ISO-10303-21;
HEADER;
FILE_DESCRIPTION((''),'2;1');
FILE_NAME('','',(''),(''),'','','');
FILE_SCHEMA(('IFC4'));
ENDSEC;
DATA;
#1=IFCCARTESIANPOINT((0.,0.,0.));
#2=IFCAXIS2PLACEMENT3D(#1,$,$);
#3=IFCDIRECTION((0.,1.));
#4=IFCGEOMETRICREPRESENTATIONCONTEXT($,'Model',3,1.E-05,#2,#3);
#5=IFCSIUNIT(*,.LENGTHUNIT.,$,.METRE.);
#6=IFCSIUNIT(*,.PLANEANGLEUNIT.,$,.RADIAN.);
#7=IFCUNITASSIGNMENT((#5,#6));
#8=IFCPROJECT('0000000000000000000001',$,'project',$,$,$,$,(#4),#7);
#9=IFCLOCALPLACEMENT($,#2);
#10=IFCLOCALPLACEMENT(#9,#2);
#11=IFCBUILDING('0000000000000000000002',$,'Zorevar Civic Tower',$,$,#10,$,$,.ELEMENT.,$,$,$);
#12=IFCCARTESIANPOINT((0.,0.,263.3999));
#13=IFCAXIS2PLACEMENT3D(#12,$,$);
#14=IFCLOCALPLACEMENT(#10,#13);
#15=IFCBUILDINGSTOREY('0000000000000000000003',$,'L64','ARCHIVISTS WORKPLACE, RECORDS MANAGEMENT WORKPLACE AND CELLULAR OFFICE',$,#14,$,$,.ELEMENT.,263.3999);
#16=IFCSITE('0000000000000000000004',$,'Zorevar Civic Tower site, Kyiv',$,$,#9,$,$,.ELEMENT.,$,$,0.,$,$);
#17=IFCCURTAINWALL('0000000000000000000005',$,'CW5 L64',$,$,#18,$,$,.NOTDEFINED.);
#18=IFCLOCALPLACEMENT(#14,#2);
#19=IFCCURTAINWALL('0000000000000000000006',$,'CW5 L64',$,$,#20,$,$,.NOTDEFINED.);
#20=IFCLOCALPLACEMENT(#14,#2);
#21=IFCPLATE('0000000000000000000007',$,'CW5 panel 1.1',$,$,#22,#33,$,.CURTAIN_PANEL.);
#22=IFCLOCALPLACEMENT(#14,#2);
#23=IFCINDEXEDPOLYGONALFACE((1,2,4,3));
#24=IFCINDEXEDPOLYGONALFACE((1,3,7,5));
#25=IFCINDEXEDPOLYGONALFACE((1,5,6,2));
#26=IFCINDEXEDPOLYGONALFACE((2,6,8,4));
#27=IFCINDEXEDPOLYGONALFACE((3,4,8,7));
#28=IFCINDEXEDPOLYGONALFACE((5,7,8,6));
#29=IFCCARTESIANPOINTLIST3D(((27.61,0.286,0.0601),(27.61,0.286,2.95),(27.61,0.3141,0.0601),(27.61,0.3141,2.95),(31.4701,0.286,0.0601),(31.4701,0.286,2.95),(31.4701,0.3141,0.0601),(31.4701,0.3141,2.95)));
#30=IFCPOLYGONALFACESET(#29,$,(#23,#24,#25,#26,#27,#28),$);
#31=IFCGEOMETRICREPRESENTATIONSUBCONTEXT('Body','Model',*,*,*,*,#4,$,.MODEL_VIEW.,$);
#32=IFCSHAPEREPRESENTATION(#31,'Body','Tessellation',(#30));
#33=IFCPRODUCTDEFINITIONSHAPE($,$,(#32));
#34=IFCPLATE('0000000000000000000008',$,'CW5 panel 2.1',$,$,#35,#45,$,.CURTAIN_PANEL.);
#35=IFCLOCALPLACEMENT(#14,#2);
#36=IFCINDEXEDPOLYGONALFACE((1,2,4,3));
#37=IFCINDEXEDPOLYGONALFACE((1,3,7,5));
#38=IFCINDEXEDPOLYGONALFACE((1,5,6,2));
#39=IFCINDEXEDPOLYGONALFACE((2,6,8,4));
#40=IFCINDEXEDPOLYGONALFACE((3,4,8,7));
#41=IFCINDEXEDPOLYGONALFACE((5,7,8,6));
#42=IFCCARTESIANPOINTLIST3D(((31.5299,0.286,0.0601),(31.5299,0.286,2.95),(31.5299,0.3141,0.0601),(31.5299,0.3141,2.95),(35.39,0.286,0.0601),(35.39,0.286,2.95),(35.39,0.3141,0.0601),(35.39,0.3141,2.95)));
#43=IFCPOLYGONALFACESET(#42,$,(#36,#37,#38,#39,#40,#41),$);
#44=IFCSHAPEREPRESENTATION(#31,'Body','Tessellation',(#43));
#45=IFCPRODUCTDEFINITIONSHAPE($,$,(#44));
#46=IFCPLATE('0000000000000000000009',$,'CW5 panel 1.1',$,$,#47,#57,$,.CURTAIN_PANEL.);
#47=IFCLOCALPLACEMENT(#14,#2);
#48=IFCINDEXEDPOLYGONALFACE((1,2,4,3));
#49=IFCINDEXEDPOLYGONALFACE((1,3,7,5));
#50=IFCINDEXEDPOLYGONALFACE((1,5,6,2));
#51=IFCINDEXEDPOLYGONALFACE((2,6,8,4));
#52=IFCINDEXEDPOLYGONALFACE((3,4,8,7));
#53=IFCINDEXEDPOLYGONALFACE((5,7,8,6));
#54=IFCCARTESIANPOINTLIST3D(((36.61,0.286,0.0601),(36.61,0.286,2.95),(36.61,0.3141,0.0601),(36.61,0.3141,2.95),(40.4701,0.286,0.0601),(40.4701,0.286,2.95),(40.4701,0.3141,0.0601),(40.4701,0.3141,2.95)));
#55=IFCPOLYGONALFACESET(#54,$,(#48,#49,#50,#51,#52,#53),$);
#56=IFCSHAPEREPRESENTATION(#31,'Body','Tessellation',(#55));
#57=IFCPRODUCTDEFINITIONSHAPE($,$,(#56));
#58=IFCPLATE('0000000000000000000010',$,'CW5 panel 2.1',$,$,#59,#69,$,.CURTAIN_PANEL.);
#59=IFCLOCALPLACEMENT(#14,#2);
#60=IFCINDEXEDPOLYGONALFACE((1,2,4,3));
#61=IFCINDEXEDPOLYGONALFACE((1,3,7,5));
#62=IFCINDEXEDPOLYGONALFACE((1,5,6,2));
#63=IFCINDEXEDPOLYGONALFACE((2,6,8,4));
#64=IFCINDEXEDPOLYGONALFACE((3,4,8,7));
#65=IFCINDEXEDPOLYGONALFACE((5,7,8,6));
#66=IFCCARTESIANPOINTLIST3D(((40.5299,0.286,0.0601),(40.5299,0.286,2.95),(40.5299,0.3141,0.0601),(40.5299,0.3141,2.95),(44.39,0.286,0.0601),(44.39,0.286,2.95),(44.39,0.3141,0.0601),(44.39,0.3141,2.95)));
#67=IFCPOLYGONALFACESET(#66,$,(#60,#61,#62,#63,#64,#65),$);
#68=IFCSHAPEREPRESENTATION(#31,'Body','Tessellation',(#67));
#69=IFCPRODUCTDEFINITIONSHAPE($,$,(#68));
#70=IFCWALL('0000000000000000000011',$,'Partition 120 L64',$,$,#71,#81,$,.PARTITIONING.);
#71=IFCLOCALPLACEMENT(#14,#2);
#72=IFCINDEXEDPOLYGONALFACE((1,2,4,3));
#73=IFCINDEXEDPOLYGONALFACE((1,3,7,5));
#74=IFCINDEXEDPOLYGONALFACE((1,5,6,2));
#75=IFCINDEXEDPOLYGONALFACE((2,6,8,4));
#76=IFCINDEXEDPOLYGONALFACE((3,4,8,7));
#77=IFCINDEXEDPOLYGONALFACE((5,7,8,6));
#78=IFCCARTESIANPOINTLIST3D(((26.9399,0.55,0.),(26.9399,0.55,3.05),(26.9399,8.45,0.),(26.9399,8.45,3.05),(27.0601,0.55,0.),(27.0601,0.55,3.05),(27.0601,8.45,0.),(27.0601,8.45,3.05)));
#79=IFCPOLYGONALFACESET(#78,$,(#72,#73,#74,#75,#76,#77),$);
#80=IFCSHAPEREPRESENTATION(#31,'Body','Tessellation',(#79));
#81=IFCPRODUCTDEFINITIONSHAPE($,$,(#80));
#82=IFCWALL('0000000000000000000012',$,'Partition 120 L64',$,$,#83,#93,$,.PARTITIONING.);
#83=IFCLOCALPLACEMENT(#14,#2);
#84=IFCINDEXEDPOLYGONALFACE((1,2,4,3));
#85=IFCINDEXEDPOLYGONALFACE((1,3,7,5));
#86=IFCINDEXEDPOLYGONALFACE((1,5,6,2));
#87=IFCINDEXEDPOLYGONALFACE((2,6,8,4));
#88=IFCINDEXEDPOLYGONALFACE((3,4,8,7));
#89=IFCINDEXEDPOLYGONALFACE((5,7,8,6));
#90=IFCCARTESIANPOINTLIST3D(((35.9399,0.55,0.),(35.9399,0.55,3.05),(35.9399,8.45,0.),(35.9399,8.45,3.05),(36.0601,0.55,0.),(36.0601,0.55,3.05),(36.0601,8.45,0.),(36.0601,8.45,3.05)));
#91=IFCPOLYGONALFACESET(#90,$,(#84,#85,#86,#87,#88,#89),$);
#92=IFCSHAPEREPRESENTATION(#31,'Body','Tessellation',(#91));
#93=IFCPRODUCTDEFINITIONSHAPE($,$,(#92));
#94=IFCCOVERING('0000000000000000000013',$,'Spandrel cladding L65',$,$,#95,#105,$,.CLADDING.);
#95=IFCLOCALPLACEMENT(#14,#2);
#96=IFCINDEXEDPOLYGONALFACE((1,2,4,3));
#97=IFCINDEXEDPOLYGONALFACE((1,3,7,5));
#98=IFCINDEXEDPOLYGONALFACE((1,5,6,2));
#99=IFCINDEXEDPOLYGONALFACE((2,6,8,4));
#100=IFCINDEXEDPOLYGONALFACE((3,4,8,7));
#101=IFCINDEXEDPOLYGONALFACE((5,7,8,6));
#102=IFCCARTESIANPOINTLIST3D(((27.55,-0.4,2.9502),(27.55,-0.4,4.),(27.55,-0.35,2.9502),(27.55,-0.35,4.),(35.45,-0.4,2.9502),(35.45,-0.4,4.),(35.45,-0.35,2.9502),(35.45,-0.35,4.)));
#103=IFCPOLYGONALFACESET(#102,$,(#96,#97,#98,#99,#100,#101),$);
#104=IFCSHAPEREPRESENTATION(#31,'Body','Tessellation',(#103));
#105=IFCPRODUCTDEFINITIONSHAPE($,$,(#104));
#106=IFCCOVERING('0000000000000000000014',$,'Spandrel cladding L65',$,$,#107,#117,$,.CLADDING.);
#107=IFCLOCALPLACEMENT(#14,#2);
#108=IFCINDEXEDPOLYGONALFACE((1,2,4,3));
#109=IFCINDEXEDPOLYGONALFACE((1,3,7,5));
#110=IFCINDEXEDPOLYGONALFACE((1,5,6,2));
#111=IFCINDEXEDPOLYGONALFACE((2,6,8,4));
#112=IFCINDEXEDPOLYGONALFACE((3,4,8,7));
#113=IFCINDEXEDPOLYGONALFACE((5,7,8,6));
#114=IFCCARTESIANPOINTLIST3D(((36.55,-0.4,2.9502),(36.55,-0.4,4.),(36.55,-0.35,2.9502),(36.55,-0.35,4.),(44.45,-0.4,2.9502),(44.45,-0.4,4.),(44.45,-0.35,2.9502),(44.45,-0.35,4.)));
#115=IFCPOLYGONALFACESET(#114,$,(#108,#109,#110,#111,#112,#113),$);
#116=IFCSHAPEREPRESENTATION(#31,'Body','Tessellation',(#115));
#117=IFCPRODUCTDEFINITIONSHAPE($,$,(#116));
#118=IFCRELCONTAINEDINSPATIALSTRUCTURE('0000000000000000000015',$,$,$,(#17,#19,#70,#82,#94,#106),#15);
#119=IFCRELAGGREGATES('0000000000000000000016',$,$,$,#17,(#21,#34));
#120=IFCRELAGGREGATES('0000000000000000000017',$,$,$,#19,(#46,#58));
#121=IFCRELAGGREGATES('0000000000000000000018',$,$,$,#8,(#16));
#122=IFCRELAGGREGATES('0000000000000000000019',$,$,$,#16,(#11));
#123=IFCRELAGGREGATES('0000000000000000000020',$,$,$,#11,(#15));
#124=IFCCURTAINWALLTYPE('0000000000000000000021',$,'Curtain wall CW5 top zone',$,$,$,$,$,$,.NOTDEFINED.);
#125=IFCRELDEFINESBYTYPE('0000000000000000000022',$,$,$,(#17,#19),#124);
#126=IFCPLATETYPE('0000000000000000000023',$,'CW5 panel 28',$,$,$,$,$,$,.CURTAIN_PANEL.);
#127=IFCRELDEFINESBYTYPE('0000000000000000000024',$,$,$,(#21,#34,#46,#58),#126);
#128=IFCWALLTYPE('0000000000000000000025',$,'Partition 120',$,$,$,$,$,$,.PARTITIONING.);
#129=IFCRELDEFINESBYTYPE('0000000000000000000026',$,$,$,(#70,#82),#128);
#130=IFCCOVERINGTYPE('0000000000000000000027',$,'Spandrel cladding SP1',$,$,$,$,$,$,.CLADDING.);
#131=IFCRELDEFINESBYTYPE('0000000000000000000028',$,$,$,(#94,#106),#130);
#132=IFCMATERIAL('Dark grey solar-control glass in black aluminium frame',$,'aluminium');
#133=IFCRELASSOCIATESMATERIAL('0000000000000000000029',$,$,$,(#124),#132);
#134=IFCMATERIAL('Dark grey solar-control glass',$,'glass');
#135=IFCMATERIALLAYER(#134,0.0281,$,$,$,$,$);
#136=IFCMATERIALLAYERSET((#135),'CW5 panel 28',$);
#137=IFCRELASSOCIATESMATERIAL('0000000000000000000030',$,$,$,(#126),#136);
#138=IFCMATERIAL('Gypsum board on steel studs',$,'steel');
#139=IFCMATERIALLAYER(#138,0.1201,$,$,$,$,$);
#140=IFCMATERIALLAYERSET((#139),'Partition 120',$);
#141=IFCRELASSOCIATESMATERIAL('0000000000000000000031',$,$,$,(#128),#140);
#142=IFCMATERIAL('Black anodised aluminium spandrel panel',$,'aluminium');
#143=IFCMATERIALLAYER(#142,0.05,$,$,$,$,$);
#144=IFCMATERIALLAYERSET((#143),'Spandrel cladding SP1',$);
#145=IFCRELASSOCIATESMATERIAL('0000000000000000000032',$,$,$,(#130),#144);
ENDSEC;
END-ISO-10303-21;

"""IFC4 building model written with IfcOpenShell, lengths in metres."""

from ifc_helpers import new_model, si_unit, direction, frame, frame_2d, origin, origin_2d, place, context, subcontext, project, spatial, rectangle, extrude, material, layer, layer_set, type_object, element, aggregate, save


model = new_model("IFC4")

# Units and contexts
model_context = context("Model", 3, precision=1e-05, world=origin(), true_north=direction((0.0, 1.0)))
body_context = subcontext(model_context, "Body", "Model", "MODEL_VIEW")
ifc_project = project(units=[si_unit("LENGTHUNIT", "METRE"), si_unit("PLANEANGLEUNIT", "RADIAN")], contexts=[model_context])

# Site, building, storey
site_placement = place(None, origin())
site = spatial("IfcSite", under=ifc_project, at=site_placement, Name="Zorevar Civic Tower site, Kyiv", CompositionType="ELEMENT", RefElevation=0.0)
building_placement = place(site_placement, origin())
building = spatial("IfcBuilding", under=site, at=building_placement, Name="Zorevar Civic Tower", CompositionType="ELEMENT")
storey_placement = place(building_placement, frame((0.0, 0.0, 263.3999)))
storey = spatial("IfcBuildingStorey", under=building, at=storey_placement, Name="L64", Description="ARCHIVISTS WORKPLACE, RECORDS MANAGEMENT WORKPLACE AND CELLULAR OFFICE", CompositionType="ELEMENT", Elevation=263.3999)

# Curtain walls
ifc_material_1 = material(Name="Dark grey solar-control glass in black aluminium frame", Category="aluminium")
curtain_wall_type = type_object("IfcCurtainWallType", Name="Curtain wall CW5 top zone", PredefinedType="NOTDEFINED", material=ifc_material_1)
curtain_wall_1_placement = place(storey_placement, origin())
curtain_wall_1 = element("IfcCurtainWall", 1, at=curtain_wall_1_placement, inside=storey, type_object=curtain_wall_type, Name="CW5 L64", PredefinedType="NOTDEFINED")
curtain_wall_2_placement = place(storey_placement, origin())
curtain_wall_2 = element("IfcCurtainWall", 2, at=curtain_wall_2_placement, inside=storey, type_object=curtain_wall_type, Name="CW5 L64", PredefinedType="NOTDEFINED")

# Plates
ifc_material_2 = material(Name="Dark grey solar-control glass", Category="glass")
ifc_layer_1 = layer(ifc_material_2, 0.0281)
ifc_layer_set_1 = layer_set([ifc_layer_1], Name="CW5 panel 28")
plate_type = type_object("IfcPlateType", Name="CW5 panel 28", PredefinedType="CURTAIN_PANEL", material=ifc_layer_set_1)
plate_1_placement = place(storey_placement, frame((29.54, 0.3, 0.0601), z_axis=(0.0, 0.0, 1.0), x_axis=(1.0, 0.0, 0.0)))
plate_1 = element("IfcPlate", 3, at=plate_1_placement, type_object=plate_type, Name="CW5 panel 1.1", PredefinedType="CURTAIN_PANEL", context=body_context, shape_type="SweptSolid", body=[
    extrude(rectangle(XDim=3.8601, YDim=0.0281, at=origin_2d()), origin(), (0.0, 0.0, 1.0), 2.8899),
])
plate_2_placement = place(storey_placement, frame((33.46, 0.3, 0.0601), z_axis=(0.0, 0.0, 1.0), x_axis=(1.0, 0.0, 0.0)))
plate_2 = element("IfcPlate", 4, at=plate_2_placement, type_object=plate_type, Name="CW5 panel 2.1", PredefinedType="CURTAIN_PANEL", context=body_context, shape_type="SweptSolid", body=[
    extrude(rectangle(XDim=3.8601, YDim=0.0281, at=origin_2d()), origin(), (0.0, 0.0, 1.0), 2.8899),
])
aggregate(curtain_wall_1, [plate_1, plate_2])
plate_3_placement = place(storey_placement, frame((38.54, 0.3, 0.0601), z_axis=(0.0, 0.0, 1.0), x_axis=(1.0, 0.0, 0.0)))
plate_3 = element("IfcPlate", 5, at=plate_3_placement, type_object=plate_type, Name="CW5 panel 1.1", PredefinedType="CURTAIN_PANEL", context=body_context, shape_type="SweptSolid", body=[
    extrude(rectangle(XDim=3.8601, YDim=0.0281, at=origin_2d()), origin(), (0.0, 0.0, 1.0), 2.8899),
])
plate_4_placement = place(storey_placement, frame((42.46, 0.3, 0.0601), z_axis=(0.0, 0.0, 1.0), x_axis=(1.0, 0.0, 0.0)))
plate_4 = element("IfcPlate", 6, at=plate_4_placement, type_object=plate_type, Name="CW5 panel 2.1", PredefinedType="CURTAIN_PANEL", context=body_context, shape_type="SweptSolid", body=[
    extrude(rectangle(XDim=3.8601, YDim=0.0281, at=origin_2d()), origin(), (0.0, 0.0, 1.0), 2.8899),
])
aggregate(curtain_wall_2, [plate_3, plate_4])

# Walls
ifc_material_3 = material(Name="Gypsum board on steel studs", Category="steel")
ifc_layer_2 = layer(ifc_material_3, 0.1201)
ifc_layer_set_2 = layer_set([ifc_layer_2], Name="Partition 120")
wall_type = type_object("IfcWallType", Name="Partition 120", PredefinedType="PARTITIONING", material=ifc_layer_set_2)
for number, where, z_axis, x_axis, name in (
    (7, (27.0, 0.55, 0.0), (0.0, 0.0, 1.0), (0.0, 1.0, 0.0), "Partition 120 L64"),
    (8, (36.0, 0.55, 0.0), (0.0, 0.0, 1.0), (0.0, 1.0, 0.0), "Partition 120 L64"),
):
    element("IfcWall", number, at=place(storey_placement, frame(where, z_axis=z_axis, x_axis=x_axis)), inside=storey, type_object=wall_type, Name=name, PredefinedType="PARTITIONING", context=body_context, shape_type="SweptSolid", body=[
        extrude(rectangle(XDim=7.8999, YDim=0.1201, at=frame_2d((3.95, 0.0))), origin(), (0.0, 0.0, 1.0), 3.05),
    ])

# Coverings
ifc_material_4 = material(Name="Black anodised aluminium spandrel panel", Category="aluminium")
ifc_layer_3 = layer(ifc_material_4, 0.05)
ifc_layer_set_3 = layer_set([ifc_layer_3], Name="Spandrel cladding SP1")
covering_type = type_object("IfcCoveringType", Name="Spandrel cladding SP1", PredefinedType="CLADDING", material=ifc_layer_set_3)
for number, where, z_axis, x_axis, name in (
    (9, (27.55, -0.375, 2.9502), (0.0, 0.0, 1.0), (1.0, 0.0, 0.0), "Spandrel cladding L65"),
    (10, (36.55, -0.375, 2.9502), (0.0, 0.0, 1.0), (1.0, 0.0, 0.0), "Spandrel cladding L65"),
):
    element("IfcCovering", number, at=place(storey_placement, frame(where, z_axis=z_axis, x_axis=x_axis)), inside=storey, type_object=covering_type, Name=name, PredefinedType="CLADDING", context=body_context, shape_type="SweptSolid", body=[
        extrude(rectangle(XDim=7.8999, YDim=0.05, at=frame_2d((3.95, 0.0))), origin(), (0.0, 0.0, 1.0), 1.0498),
    ])

save(model, "model.ifc")
